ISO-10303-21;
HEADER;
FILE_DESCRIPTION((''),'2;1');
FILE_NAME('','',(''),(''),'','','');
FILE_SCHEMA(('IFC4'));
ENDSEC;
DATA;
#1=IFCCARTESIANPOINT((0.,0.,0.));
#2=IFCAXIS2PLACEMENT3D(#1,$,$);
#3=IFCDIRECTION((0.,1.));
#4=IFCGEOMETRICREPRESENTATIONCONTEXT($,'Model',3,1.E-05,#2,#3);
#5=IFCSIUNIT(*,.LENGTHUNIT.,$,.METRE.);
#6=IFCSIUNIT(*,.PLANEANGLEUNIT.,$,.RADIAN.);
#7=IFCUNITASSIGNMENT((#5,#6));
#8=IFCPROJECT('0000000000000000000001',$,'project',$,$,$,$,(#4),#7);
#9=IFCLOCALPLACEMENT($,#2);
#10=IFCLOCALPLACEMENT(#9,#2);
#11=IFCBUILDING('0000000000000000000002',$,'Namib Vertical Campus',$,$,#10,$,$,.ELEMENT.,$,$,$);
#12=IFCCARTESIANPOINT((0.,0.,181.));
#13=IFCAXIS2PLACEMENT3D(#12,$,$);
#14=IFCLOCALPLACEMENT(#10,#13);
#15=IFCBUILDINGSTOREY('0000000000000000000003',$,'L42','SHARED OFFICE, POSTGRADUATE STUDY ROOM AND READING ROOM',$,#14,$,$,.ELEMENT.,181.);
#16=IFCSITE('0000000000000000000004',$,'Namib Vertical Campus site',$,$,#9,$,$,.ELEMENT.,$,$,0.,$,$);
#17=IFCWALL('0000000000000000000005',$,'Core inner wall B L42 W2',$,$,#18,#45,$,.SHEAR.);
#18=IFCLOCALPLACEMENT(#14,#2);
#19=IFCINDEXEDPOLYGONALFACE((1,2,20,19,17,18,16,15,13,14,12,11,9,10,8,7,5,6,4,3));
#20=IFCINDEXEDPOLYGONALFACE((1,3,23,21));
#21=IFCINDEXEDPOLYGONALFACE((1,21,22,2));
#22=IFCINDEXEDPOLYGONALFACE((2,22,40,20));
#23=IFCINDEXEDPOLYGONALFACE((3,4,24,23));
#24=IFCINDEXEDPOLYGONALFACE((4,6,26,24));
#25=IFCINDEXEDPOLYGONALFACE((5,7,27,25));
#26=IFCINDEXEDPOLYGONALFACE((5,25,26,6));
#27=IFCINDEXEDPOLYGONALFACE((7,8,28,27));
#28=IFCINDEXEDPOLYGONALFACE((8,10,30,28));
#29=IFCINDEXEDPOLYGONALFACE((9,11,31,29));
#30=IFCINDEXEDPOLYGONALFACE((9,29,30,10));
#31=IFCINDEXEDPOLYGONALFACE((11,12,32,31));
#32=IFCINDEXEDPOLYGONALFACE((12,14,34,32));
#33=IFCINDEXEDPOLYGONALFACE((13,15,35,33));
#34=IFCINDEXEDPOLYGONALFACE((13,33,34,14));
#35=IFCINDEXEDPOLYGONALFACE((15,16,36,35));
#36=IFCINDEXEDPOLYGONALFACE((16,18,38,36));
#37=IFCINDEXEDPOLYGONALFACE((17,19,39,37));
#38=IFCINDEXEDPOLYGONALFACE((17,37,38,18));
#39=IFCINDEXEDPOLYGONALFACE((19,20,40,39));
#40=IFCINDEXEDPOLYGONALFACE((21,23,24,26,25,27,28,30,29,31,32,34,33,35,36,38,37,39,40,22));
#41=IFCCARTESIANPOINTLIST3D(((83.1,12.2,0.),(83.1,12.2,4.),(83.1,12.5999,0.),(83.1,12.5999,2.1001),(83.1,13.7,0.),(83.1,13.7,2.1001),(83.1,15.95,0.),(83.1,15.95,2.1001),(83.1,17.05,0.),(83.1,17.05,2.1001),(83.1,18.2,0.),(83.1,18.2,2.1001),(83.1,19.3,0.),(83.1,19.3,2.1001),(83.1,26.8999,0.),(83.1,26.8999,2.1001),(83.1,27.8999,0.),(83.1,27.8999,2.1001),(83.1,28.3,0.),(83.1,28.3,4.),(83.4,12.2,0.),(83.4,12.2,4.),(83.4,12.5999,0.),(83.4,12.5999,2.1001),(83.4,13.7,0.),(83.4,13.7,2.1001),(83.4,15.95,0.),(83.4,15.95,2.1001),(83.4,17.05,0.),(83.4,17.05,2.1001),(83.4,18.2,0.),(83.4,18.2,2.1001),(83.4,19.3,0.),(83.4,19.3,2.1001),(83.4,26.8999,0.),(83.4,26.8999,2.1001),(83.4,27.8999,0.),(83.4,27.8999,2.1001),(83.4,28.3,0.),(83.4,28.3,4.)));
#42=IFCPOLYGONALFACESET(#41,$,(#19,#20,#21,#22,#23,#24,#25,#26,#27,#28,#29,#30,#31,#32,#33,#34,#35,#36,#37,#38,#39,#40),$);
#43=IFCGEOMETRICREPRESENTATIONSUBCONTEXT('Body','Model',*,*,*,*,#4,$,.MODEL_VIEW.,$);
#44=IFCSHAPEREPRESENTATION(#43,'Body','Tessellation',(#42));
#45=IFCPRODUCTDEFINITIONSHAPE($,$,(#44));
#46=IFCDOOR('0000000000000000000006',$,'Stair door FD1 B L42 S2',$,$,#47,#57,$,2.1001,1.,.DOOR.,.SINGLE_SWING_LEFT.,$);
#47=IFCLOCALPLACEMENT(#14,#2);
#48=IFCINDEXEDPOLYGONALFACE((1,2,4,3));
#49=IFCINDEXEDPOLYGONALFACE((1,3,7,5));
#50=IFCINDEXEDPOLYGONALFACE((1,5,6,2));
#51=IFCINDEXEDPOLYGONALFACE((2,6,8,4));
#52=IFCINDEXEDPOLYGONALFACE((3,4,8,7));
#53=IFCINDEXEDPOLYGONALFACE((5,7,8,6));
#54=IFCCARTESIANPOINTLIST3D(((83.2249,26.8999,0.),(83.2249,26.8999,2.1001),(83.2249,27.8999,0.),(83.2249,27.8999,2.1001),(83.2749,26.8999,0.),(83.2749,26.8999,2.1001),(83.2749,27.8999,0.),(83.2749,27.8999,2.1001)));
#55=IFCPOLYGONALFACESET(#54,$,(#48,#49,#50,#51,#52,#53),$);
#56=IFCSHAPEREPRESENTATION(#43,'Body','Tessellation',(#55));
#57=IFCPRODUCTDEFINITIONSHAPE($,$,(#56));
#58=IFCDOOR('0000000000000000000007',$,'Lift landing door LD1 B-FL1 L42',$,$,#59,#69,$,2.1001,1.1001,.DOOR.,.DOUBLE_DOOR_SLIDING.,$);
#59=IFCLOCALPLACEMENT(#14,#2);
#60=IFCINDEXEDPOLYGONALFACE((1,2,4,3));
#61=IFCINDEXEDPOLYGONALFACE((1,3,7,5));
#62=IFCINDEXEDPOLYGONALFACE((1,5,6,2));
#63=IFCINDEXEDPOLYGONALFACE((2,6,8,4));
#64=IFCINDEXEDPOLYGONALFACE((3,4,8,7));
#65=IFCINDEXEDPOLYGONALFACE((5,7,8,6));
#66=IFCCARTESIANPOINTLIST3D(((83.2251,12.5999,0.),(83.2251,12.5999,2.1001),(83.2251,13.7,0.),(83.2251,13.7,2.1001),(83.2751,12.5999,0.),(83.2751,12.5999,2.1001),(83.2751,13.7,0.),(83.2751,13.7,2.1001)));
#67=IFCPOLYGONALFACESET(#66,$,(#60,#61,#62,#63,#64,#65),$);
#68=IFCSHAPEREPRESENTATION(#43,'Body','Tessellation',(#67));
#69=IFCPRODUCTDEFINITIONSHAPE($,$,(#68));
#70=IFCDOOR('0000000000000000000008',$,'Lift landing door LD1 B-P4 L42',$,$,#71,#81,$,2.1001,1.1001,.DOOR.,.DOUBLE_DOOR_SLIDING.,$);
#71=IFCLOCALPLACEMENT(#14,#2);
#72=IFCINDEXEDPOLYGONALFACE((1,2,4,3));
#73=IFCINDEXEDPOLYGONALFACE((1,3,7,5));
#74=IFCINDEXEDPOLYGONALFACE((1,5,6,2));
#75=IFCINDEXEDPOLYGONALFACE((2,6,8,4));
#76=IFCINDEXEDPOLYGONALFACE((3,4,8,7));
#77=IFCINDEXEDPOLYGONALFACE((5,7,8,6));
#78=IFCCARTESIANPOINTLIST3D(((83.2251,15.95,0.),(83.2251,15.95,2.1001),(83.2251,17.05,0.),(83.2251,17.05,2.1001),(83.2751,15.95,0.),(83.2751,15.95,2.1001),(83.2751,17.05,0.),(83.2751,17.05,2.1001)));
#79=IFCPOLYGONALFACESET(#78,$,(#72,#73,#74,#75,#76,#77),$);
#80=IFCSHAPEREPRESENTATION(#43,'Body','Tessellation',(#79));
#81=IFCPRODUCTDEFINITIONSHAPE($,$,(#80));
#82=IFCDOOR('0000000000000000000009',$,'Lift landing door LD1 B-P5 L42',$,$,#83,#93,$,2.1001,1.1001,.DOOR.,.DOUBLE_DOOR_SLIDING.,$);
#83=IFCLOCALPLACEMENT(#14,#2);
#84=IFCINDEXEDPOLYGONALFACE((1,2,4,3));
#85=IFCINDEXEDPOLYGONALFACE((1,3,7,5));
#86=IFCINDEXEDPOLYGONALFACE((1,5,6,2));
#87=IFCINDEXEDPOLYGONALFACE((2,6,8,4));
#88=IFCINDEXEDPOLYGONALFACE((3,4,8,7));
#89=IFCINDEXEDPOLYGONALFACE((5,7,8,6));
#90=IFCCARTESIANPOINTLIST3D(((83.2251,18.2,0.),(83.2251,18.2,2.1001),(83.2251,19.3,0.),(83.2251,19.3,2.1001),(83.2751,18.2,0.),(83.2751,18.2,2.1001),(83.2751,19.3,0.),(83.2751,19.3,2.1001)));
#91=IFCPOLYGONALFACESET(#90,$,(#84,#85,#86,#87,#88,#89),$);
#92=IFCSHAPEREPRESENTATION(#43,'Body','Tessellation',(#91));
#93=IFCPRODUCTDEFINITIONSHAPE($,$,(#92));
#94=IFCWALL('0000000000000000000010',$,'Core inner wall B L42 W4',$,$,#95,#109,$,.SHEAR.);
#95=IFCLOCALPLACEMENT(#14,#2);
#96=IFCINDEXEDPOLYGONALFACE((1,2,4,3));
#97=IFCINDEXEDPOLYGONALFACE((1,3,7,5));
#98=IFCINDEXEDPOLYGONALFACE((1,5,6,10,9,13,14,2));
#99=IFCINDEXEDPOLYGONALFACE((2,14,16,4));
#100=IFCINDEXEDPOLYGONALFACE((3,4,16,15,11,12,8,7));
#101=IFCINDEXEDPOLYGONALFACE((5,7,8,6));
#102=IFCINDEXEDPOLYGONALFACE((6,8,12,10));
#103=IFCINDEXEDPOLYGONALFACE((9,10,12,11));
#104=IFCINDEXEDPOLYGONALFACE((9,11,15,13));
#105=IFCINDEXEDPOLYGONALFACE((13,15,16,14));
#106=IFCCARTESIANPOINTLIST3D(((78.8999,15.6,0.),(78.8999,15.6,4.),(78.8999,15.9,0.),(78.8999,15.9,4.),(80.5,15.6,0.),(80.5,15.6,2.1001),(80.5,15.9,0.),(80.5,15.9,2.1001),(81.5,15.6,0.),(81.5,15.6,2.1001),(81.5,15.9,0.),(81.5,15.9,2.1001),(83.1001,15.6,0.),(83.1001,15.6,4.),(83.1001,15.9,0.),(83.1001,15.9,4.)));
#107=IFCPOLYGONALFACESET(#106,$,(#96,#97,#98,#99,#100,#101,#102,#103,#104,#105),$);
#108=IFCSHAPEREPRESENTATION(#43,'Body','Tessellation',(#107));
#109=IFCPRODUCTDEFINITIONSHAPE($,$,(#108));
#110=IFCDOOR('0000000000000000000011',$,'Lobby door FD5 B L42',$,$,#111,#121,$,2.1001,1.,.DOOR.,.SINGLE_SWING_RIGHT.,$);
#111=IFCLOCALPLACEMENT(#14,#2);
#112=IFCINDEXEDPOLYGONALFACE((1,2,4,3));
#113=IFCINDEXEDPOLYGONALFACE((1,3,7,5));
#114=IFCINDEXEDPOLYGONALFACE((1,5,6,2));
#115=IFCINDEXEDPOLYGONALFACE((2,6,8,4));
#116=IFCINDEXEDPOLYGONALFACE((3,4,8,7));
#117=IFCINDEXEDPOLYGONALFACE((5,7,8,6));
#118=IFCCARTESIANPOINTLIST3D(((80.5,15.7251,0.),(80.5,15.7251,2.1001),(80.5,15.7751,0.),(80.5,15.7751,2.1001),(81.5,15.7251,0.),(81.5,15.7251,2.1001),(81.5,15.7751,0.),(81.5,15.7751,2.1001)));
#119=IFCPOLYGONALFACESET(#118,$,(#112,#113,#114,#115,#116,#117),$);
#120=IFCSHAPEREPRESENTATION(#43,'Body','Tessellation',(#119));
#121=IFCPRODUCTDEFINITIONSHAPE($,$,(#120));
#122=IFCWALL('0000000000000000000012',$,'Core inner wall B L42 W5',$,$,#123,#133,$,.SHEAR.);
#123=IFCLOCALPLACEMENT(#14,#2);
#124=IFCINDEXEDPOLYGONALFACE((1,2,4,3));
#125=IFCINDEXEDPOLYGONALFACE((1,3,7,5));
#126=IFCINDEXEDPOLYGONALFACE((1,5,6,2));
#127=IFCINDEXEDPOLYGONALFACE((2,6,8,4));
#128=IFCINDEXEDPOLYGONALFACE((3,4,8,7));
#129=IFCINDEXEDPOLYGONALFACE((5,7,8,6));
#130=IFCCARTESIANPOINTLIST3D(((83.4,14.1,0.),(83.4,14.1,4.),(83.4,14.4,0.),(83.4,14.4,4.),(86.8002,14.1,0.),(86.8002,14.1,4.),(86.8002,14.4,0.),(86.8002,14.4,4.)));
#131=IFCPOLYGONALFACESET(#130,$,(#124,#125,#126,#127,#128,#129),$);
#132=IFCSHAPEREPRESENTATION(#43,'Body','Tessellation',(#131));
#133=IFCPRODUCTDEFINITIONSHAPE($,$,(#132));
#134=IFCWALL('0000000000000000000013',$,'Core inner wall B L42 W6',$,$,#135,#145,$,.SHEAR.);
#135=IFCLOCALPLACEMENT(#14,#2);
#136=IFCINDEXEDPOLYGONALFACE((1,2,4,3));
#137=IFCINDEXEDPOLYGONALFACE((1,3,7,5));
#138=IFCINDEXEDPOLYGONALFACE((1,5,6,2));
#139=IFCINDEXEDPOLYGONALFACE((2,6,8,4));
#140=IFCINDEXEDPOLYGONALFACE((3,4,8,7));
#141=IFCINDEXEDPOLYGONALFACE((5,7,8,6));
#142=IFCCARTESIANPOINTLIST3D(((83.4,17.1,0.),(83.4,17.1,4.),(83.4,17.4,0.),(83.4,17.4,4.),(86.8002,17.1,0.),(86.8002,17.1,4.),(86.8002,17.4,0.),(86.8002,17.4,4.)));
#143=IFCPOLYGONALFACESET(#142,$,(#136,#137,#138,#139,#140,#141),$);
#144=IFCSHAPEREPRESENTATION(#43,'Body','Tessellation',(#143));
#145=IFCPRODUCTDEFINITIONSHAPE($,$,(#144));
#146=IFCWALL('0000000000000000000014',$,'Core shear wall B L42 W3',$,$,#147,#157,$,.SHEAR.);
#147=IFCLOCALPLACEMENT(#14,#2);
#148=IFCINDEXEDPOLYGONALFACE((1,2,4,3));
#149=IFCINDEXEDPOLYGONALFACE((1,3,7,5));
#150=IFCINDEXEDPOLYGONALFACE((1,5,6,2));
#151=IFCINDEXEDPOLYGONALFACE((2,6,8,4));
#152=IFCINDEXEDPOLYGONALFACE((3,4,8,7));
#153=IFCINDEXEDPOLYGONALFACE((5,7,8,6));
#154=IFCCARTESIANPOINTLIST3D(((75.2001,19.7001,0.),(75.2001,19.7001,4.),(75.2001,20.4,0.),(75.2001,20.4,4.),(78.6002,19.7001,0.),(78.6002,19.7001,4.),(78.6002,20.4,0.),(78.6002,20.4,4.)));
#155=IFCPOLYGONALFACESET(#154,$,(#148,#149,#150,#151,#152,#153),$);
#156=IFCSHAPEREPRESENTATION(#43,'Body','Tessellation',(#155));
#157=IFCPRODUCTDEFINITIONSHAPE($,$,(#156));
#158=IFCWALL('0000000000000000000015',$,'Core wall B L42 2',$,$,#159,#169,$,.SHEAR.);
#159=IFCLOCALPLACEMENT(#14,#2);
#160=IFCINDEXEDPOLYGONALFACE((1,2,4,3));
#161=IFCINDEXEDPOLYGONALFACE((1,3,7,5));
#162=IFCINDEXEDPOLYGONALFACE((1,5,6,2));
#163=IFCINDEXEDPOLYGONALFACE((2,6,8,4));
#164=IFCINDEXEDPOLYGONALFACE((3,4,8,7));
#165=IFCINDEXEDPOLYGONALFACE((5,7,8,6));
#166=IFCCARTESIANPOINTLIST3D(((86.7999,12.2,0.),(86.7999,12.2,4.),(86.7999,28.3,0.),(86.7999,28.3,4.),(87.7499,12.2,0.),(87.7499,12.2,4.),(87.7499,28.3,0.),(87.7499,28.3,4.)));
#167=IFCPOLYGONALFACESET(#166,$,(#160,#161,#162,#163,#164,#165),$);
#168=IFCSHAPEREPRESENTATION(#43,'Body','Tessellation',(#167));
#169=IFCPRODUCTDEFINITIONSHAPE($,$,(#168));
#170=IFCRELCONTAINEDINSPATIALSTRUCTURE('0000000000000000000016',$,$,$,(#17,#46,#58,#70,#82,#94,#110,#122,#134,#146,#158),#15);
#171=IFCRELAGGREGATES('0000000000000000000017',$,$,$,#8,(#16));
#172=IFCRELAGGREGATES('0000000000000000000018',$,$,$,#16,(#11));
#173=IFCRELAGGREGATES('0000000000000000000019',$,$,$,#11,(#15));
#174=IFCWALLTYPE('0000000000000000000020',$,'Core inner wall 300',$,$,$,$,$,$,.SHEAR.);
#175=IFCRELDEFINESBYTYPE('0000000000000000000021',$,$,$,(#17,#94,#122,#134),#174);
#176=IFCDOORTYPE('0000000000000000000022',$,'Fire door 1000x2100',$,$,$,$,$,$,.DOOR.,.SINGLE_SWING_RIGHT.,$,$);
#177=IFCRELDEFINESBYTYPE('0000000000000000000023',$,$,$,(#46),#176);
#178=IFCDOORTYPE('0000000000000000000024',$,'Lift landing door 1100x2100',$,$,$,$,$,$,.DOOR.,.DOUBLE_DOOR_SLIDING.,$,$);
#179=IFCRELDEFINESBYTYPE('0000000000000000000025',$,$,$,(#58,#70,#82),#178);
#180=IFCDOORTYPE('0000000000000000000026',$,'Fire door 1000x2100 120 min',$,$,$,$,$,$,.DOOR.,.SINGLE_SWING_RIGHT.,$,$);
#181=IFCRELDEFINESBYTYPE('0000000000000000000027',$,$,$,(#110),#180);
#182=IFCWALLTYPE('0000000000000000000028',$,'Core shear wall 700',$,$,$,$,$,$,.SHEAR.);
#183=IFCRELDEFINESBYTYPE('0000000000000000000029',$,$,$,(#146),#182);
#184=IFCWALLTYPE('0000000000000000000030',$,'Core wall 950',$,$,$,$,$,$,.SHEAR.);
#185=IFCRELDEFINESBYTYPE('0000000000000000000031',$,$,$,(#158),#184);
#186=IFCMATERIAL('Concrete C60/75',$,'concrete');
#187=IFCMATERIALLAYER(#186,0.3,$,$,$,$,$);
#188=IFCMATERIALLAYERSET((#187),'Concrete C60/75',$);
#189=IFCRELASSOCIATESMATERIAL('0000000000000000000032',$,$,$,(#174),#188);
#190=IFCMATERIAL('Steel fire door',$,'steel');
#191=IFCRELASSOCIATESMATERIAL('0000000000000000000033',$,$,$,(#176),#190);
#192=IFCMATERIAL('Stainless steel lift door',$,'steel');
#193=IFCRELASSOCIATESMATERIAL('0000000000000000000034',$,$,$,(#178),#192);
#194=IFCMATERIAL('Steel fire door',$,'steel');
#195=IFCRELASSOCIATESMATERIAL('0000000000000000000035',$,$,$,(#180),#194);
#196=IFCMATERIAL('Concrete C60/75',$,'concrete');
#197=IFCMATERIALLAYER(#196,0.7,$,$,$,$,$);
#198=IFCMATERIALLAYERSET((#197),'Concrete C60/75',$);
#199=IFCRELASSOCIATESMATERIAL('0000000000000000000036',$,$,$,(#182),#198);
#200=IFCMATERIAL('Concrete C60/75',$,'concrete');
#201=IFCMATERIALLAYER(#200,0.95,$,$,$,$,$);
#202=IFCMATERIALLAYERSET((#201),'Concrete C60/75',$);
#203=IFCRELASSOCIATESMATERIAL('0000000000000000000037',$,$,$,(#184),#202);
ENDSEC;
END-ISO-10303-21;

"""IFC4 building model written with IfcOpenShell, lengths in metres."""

from ifc_helpers import new_model, si_unit, direction, frame, frame_2d, origin, place, context, subcontext, project, spatial, rectangle, extrude, material, layer, layer_set, type_object, element, fill, save


model = new_model("IFC4")

# Units and contexts
model_context = context("Model", 3, precision=1e-05, world=origin(), true_north=direction((0.0, 1.0)))
body_context = subcontext(model_context, "Body", "Model", "MODEL_VIEW")
ifc_project = project(units=[si_unit("LENGTHUNIT", "METRE"), si_unit("PLANEANGLEUNIT", "RADIAN")], contexts=[model_context])

# Site, building, storey
site_placement = place(None, origin())
site = spatial("IfcSite", under=ifc_project, at=site_placement, Name="Namib Vertical Campus site", CompositionType="ELEMENT", RefElevation=0.0)
building_placement = place(site_placement, origin())
building = spatial("IfcBuilding", under=site, at=building_placement, Name="Namib Vertical Campus", CompositionType="ELEMENT")
storey_placement = place(building_placement, frame((0.0, 0.0, 181.0)))
storey = spatial("IfcBuildingStorey", under=building, at=storey_placement, Name="L42", Description="SHARED OFFICE, POSTGRADUATE STUDY ROOM AND READING ROOM", CompositionType="ELEMENT", Elevation=181.0)

# Wall, openings, doors
ifc_material_1 = material(Name="Concrete C60/75", Category="concrete")
ifc_layer_1 = layer(ifc_material_1, 0.3)
ifc_layer_set_1 = layer_set([ifc_layer_1], Name="Concrete C60/75")
wall_type_1 = type_object("IfcWallType", Name="Core inner wall 300", PredefinedType="SHEAR", material=ifc_layer_set_1)
ifc_material_2 = material(Name="Steel fire door", Category="steel")
door_type_1 = type_object("IfcDoorType", Name="Fire door 1000x2100", OperationType="SINGLE_SWING_RIGHT", PredefinedType="DOOR", material=ifc_material_2)
ifc_material_3 = material(Name="Stainless steel lift door", Category="steel")
door_type_2 = type_object("IfcDoorType", Name="Lift landing door 1100x2100", OperationType="DOUBLE_DOOR_SLIDING", PredefinedType="DOOR", material=ifc_material_3)
wall_1_placement = place(storey_placement, frame((83.25, 12.2, 0.0), z_axis=(0.0, 0.0, 1.0), x_axis=(0.0, 1.0, 0.0)))
wall_1 = element("IfcWall", 1, at=wall_1_placement, inside=storey, type_object=wall_type_1, Name="Core inner wall B L42 W2", PredefinedType="SHEAR", context=body_context, shape_type="SweptSolid", body=[
    extrude(rectangle(XDim=16.1001, YDim=0.3, at=frame_2d((8.05, 0.0))), origin(), (0.0, 0.0, 1.0), 4.0),
])
opening_1_placement = place(wall_1_placement, frame((14.7, 0.0, 0.0)))
opening_1 = element("IfcOpeningElement", 2, at=opening_1_placement, cuts=wall_1, PredefinedType="OPENING", context=body_context, shape_type="SweptSolid", body=[
    extrude(rectangle(XDim=1.0, YDim=2.1001, at=frame_2d((0.5, 1.05))), frame((0.0, 0.1599, 0.0), z_axis=(0.0, -1.0, 0.0), x_axis=(1.0, 0.0, 0.0)), (0.0, 0.0, 1.0), 0.3201),
])
opening_2_placement = place(wall_1_placement, frame((0.3999, 0.0, 0.0)))
opening_2 = element("IfcOpeningElement", 3, at=opening_2_placement, cuts=wall_1, PredefinedType="OPENING", context=body_context, shape_type="SweptSolid", body=[
    extrude(rectangle(XDim=1.1001, YDim=2.1001, at=frame_2d((0.55, 1.05))), frame((0.0, 0.1599, 0.0), z_axis=(0.0, -1.0, 0.0), x_axis=(1.0, 0.0, 0.0)), (0.0, 0.0, 1.0), 0.3201),
])
opening_3_placement = place(wall_1_placement, frame((3.75, 0.0, 0.0)))
opening_3 = element("IfcOpeningElement", 4, at=opening_3_placement, cuts=wall_1, PredefinedType="OPENING", context=body_context, shape_type="SweptSolid", body=[
    extrude(rectangle(XDim=1.1001, YDim=2.1001, at=frame_2d((0.55, 1.05))), frame((0.0, 0.1599, 0.0), z_axis=(0.0, -1.0, 0.0), x_axis=(1.0, 0.0, 0.0)), (0.0, 0.0, 1.0), 0.3201),
])
opening_4_placement = place(wall_1_placement, frame((6.0, 0.0, 0.0)))
opening_4 = element("IfcOpeningElement", 5, at=opening_4_placement, cuts=wall_1, PredefinedType="OPENING", context=body_context, shape_type="SweptSolid", body=[
    extrude(rectangle(XDim=1.1001, YDim=2.1001, at=frame_2d((0.55, 1.05))), frame((0.0, 0.1599, 0.0), z_axis=(0.0, -1.0, 0.0), x_axis=(1.0, 0.0, 0.0)), (0.0, 0.0, 1.0), 0.3201),
])
door_1_placement = place(opening_1_placement, frame((1.0, 0.0, 0.0), z_axis=(0.0, 0.0, 1.0), x_axis=(-1.0, 0.0, 0.0)))
door_1 = element("IfcDoor", 6, at=door_1_placement, inside=storey, type_object=door_type_1, Name="Stair door FD1 B L42 S2", OperationType="SINGLE_SWING_LEFT", OverallHeight=2.1001, OverallWidth=1.0, PredefinedType="DOOR", context=body_context, shape_type="SweptSolid", body=[
    extrude(rectangle(XDim=1.0, YDim=2.1001, at=frame_2d((0.5, 1.05))), frame((0.0, 0.0249, 0.0), z_axis=(0.0, -1.0, 0.0), x_axis=(1.0, 0.0, 0.0)), (0.0, 0.0, 1.0), 0.05),
])
fill(opening_1, door_1)
door_2_placement = place(opening_2_placement, origin())
door_2 = element("IfcDoor", 7, at=door_2_placement, inside=storey, type_object=door_type_2, Name="Lift landing door LD1 B-FL1 L42", OperationType="DOUBLE_DOOR_SLIDING", OverallHeight=2.1001, OverallWidth=1.1001, PredefinedType="DOOR", context=body_context, shape_type="SweptSolid", body=[
    extrude(rectangle(XDim=1.1001, YDim=2.1001, at=frame_2d((0.55, 1.05))), frame((0.0, 0.0249, 0.0), z_axis=(0.0, -1.0, 0.0), x_axis=(1.0, 0.0, 0.0)), (0.0, 0.0, 1.0), 0.05),
])
fill(opening_2, door_2)
door_3_placement = place(opening_3_placement, origin())
door_3 = element("IfcDoor", 8, at=door_3_placement, inside=storey, type_object=door_type_2, Name="Lift landing door LD1 B-P4 L42", OperationType="DOUBLE_DOOR_SLIDING", OverallHeight=2.1001, OverallWidth=1.1001, PredefinedType="DOOR", context=body_context, shape_type="SweptSolid", body=[
    extrude(rectangle(XDim=1.1001, YDim=2.1001, at=frame_2d((0.55, 1.05))), frame((0.0, 0.0249, 0.0), z_axis=(0.0, -1.0, 0.0), x_axis=(1.0, 0.0, 0.0)), (0.0, 0.0, 1.0), 0.05),
])
fill(opening_3, door_3)
door_4_placement = place(opening_4_placement, origin())
door_4 = element("IfcDoor", 9, at=door_4_placement, inside=storey, type_object=door_type_2, Name="Lift landing door LD1 B-P5 L42", OperationType="DOUBLE_DOOR_SLIDING", OverallHeight=2.1001, OverallWidth=1.1001, PredefinedType="DOOR", context=body_context, shape_type="SweptSolid", body=[
    extrude(rectangle(XDim=1.1001, YDim=2.1001, at=frame_2d((0.55, 1.05))), frame((0.0, 0.0249, 0.0), z_axis=(0.0, -1.0, 0.0), x_axis=(1.0, 0.0, 0.0)), (0.0, 0.0, 1.0), 0.05),
])
fill(opening_4, door_4)

# Wall, opening, door
wall_2_placement = place(storey_placement, frame((78.8999, 15.75, 0.0), z_axis=(0.0, 0.0, 1.0), x_axis=(1.0, 0.0, 0.0)))
wall_2 = element("IfcWall", 10, at=wall_2_placement, inside=storey, type_object=wall_type_1, Name="Core inner wall B L42 W4", PredefinedType="SHEAR", context=body_context, shape_type="SweptSolid", body=[
    extrude(rectangle(XDim=4.2002, YDim=0.3, at=frame_2d((2.1001, 0.0))), origin(), (0.0, 0.0, 1.0), 4.0),
])
opening_5_placement = place(wall_2_placement, frame((1.6001, 0.0, 0.0)))
opening_5 = element("IfcOpeningElement", 11, at=opening_5_placement, cuts=wall_2, PredefinedType="OPENING", context=body_context, shape_type="SweptSolid", body=[
    extrude(rectangle(XDim=1.0, YDim=2.1001, at=frame_2d((0.5, 1.05))), frame((0.0, 0.1599, 0.0), z_axis=(0.0, -1.0, 0.0), x_axis=(1.0, 0.0, 0.0)), (0.0, 0.0, 1.0), 0.3201),
])
ifc_material_4 = material(Name="Steel fire door", Category="steel")
door_type_3 = type_object("IfcDoorType", Name="Fire door 1000x2100 120 min", OperationType="SINGLE_SWING_RIGHT", PredefinedType="DOOR", material=ifc_material_4)
door_5_placement = place(opening_5_placement, frame((1.0, 0.0, 0.0), z_axis=(0.0, 0.0, 1.0), x_axis=(-1.0, 0.0, 0.0)))
door_5 = element("IfcDoor", 12, at=door_5_placement, inside=storey, type_object=door_type_3, Name="Lobby door FD5 B L42", OperationType="SINGLE_SWING_RIGHT", OverallHeight=2.1001, OverallWidth=1.0, PredefinedType="DOOR", context=body_context, shape_type="SweptSolid", body=[
    extrude(rectangle(XDim=1.0, YDim=2.1001, at=frame_2d((0.5, 1.05))), frame((0.0, 0.0249, 0.0), z_axis=(0.0, -1.0, 0.0), x_axis=(1.0, 0.0, 0.0)), (0.0, 0.0, 1.0), 0.05),
])
fill(opening_5, door_5)

# Walls
for number, where, z_axis, x_axis, name in (
    (13, (83.3999, 14.25, 0.0), (0.0, 0.0, 1.0), (1.0, 0.0, 0.0), "Core inner wall B L42 W5"),
    (14, (83.3999, 17.25, 0.0), (0.0, 0.0, 1.0), (1.0, 0.0, 0.0), "Core inner wall B L42 W6"),
):
    element("IfcWall", number, at=place(storey_placement, frame(where, z_axis=z_axis, x_axis=x_axis)), inside=storey, type_object=wall_type_1, Name=name, PredefinedType="SHEAR", context=body_context, shape_type="SweptSolid", body=[
        extrude(rectangle(XDim=3.4001, YDim=0.3, at=frame_2d((1.7002, 0.0))), origin(), (0.0, 0.0, 1.0), 4.0),
    ])
ifc_material_5 = material(Name="Concrete C60/75", Category="concrete")
ifc_layer_2 = layer(ifc_material_5, 0.7)
ifc_layer_set_2 = layer_set([ifc_layer_2], Name="Concrete C60/75")
wall_type_2 = type_object("IfcWallType", Name="Core shear wall 700", PredefinedType="SHEAR", material=ifc_layer_set_2)
wall_3_placement = place(storey_placement, frame((75.2, 20.05, 0.0), z_axis=(0.0, 0.0, 1.0), x_axis=(1.0, 0.0, 0.0)))
element("IfcWall", 15, at=wall_3_placement, inside=storey, type_object=wall_type_2, Name="Core shear wall B L42 W3", PredefinedType="SHEAR", context=body_context, shape_type="SweptSolid", body=[
    extrude(rectangle(XDim=3.4001, YDim=0.7, at=frame_2d((1.7002, 0.0))), origin(), (0.0, 0.0, 1.0), 4.0),
])
ifc_material_6 = material(Name="Concrete C60/75", Category="concrete")
ifc_layer_3 = layer(ifc_material_6, 0.95)
ifc_layer_set_3 = layer_set([ifc_layer_3], Name="Concrete C60/75")
wall_type_3 = type_object("IfcWallType", Name="Core wall 950", PredefinedType="SHEAR", material=ifc_layer_set_3)
wall_4_placement = place(storey_placement, frame((87.2749, 12.2, 0.0), z_axis=(0.0, 0.0, 1.0), x_axis=(0.0, 1.0, 0.0)))
element("IfcWall", 16, at=wall_4_placement, inside=storey, type_object=wall_type_3, Name="Core wall B L42 2", PredefinedType="SHEAR", context=body_context, shape_type="SweptSolid", body=[
    extrude(rectangle(XDim=16.1001, YDim=0.95, at=frame_2d((8.05, 0.0))), origin(), (0.0, 0.0, 1.0), 4.0),
])

save(model, "model.ifc")
